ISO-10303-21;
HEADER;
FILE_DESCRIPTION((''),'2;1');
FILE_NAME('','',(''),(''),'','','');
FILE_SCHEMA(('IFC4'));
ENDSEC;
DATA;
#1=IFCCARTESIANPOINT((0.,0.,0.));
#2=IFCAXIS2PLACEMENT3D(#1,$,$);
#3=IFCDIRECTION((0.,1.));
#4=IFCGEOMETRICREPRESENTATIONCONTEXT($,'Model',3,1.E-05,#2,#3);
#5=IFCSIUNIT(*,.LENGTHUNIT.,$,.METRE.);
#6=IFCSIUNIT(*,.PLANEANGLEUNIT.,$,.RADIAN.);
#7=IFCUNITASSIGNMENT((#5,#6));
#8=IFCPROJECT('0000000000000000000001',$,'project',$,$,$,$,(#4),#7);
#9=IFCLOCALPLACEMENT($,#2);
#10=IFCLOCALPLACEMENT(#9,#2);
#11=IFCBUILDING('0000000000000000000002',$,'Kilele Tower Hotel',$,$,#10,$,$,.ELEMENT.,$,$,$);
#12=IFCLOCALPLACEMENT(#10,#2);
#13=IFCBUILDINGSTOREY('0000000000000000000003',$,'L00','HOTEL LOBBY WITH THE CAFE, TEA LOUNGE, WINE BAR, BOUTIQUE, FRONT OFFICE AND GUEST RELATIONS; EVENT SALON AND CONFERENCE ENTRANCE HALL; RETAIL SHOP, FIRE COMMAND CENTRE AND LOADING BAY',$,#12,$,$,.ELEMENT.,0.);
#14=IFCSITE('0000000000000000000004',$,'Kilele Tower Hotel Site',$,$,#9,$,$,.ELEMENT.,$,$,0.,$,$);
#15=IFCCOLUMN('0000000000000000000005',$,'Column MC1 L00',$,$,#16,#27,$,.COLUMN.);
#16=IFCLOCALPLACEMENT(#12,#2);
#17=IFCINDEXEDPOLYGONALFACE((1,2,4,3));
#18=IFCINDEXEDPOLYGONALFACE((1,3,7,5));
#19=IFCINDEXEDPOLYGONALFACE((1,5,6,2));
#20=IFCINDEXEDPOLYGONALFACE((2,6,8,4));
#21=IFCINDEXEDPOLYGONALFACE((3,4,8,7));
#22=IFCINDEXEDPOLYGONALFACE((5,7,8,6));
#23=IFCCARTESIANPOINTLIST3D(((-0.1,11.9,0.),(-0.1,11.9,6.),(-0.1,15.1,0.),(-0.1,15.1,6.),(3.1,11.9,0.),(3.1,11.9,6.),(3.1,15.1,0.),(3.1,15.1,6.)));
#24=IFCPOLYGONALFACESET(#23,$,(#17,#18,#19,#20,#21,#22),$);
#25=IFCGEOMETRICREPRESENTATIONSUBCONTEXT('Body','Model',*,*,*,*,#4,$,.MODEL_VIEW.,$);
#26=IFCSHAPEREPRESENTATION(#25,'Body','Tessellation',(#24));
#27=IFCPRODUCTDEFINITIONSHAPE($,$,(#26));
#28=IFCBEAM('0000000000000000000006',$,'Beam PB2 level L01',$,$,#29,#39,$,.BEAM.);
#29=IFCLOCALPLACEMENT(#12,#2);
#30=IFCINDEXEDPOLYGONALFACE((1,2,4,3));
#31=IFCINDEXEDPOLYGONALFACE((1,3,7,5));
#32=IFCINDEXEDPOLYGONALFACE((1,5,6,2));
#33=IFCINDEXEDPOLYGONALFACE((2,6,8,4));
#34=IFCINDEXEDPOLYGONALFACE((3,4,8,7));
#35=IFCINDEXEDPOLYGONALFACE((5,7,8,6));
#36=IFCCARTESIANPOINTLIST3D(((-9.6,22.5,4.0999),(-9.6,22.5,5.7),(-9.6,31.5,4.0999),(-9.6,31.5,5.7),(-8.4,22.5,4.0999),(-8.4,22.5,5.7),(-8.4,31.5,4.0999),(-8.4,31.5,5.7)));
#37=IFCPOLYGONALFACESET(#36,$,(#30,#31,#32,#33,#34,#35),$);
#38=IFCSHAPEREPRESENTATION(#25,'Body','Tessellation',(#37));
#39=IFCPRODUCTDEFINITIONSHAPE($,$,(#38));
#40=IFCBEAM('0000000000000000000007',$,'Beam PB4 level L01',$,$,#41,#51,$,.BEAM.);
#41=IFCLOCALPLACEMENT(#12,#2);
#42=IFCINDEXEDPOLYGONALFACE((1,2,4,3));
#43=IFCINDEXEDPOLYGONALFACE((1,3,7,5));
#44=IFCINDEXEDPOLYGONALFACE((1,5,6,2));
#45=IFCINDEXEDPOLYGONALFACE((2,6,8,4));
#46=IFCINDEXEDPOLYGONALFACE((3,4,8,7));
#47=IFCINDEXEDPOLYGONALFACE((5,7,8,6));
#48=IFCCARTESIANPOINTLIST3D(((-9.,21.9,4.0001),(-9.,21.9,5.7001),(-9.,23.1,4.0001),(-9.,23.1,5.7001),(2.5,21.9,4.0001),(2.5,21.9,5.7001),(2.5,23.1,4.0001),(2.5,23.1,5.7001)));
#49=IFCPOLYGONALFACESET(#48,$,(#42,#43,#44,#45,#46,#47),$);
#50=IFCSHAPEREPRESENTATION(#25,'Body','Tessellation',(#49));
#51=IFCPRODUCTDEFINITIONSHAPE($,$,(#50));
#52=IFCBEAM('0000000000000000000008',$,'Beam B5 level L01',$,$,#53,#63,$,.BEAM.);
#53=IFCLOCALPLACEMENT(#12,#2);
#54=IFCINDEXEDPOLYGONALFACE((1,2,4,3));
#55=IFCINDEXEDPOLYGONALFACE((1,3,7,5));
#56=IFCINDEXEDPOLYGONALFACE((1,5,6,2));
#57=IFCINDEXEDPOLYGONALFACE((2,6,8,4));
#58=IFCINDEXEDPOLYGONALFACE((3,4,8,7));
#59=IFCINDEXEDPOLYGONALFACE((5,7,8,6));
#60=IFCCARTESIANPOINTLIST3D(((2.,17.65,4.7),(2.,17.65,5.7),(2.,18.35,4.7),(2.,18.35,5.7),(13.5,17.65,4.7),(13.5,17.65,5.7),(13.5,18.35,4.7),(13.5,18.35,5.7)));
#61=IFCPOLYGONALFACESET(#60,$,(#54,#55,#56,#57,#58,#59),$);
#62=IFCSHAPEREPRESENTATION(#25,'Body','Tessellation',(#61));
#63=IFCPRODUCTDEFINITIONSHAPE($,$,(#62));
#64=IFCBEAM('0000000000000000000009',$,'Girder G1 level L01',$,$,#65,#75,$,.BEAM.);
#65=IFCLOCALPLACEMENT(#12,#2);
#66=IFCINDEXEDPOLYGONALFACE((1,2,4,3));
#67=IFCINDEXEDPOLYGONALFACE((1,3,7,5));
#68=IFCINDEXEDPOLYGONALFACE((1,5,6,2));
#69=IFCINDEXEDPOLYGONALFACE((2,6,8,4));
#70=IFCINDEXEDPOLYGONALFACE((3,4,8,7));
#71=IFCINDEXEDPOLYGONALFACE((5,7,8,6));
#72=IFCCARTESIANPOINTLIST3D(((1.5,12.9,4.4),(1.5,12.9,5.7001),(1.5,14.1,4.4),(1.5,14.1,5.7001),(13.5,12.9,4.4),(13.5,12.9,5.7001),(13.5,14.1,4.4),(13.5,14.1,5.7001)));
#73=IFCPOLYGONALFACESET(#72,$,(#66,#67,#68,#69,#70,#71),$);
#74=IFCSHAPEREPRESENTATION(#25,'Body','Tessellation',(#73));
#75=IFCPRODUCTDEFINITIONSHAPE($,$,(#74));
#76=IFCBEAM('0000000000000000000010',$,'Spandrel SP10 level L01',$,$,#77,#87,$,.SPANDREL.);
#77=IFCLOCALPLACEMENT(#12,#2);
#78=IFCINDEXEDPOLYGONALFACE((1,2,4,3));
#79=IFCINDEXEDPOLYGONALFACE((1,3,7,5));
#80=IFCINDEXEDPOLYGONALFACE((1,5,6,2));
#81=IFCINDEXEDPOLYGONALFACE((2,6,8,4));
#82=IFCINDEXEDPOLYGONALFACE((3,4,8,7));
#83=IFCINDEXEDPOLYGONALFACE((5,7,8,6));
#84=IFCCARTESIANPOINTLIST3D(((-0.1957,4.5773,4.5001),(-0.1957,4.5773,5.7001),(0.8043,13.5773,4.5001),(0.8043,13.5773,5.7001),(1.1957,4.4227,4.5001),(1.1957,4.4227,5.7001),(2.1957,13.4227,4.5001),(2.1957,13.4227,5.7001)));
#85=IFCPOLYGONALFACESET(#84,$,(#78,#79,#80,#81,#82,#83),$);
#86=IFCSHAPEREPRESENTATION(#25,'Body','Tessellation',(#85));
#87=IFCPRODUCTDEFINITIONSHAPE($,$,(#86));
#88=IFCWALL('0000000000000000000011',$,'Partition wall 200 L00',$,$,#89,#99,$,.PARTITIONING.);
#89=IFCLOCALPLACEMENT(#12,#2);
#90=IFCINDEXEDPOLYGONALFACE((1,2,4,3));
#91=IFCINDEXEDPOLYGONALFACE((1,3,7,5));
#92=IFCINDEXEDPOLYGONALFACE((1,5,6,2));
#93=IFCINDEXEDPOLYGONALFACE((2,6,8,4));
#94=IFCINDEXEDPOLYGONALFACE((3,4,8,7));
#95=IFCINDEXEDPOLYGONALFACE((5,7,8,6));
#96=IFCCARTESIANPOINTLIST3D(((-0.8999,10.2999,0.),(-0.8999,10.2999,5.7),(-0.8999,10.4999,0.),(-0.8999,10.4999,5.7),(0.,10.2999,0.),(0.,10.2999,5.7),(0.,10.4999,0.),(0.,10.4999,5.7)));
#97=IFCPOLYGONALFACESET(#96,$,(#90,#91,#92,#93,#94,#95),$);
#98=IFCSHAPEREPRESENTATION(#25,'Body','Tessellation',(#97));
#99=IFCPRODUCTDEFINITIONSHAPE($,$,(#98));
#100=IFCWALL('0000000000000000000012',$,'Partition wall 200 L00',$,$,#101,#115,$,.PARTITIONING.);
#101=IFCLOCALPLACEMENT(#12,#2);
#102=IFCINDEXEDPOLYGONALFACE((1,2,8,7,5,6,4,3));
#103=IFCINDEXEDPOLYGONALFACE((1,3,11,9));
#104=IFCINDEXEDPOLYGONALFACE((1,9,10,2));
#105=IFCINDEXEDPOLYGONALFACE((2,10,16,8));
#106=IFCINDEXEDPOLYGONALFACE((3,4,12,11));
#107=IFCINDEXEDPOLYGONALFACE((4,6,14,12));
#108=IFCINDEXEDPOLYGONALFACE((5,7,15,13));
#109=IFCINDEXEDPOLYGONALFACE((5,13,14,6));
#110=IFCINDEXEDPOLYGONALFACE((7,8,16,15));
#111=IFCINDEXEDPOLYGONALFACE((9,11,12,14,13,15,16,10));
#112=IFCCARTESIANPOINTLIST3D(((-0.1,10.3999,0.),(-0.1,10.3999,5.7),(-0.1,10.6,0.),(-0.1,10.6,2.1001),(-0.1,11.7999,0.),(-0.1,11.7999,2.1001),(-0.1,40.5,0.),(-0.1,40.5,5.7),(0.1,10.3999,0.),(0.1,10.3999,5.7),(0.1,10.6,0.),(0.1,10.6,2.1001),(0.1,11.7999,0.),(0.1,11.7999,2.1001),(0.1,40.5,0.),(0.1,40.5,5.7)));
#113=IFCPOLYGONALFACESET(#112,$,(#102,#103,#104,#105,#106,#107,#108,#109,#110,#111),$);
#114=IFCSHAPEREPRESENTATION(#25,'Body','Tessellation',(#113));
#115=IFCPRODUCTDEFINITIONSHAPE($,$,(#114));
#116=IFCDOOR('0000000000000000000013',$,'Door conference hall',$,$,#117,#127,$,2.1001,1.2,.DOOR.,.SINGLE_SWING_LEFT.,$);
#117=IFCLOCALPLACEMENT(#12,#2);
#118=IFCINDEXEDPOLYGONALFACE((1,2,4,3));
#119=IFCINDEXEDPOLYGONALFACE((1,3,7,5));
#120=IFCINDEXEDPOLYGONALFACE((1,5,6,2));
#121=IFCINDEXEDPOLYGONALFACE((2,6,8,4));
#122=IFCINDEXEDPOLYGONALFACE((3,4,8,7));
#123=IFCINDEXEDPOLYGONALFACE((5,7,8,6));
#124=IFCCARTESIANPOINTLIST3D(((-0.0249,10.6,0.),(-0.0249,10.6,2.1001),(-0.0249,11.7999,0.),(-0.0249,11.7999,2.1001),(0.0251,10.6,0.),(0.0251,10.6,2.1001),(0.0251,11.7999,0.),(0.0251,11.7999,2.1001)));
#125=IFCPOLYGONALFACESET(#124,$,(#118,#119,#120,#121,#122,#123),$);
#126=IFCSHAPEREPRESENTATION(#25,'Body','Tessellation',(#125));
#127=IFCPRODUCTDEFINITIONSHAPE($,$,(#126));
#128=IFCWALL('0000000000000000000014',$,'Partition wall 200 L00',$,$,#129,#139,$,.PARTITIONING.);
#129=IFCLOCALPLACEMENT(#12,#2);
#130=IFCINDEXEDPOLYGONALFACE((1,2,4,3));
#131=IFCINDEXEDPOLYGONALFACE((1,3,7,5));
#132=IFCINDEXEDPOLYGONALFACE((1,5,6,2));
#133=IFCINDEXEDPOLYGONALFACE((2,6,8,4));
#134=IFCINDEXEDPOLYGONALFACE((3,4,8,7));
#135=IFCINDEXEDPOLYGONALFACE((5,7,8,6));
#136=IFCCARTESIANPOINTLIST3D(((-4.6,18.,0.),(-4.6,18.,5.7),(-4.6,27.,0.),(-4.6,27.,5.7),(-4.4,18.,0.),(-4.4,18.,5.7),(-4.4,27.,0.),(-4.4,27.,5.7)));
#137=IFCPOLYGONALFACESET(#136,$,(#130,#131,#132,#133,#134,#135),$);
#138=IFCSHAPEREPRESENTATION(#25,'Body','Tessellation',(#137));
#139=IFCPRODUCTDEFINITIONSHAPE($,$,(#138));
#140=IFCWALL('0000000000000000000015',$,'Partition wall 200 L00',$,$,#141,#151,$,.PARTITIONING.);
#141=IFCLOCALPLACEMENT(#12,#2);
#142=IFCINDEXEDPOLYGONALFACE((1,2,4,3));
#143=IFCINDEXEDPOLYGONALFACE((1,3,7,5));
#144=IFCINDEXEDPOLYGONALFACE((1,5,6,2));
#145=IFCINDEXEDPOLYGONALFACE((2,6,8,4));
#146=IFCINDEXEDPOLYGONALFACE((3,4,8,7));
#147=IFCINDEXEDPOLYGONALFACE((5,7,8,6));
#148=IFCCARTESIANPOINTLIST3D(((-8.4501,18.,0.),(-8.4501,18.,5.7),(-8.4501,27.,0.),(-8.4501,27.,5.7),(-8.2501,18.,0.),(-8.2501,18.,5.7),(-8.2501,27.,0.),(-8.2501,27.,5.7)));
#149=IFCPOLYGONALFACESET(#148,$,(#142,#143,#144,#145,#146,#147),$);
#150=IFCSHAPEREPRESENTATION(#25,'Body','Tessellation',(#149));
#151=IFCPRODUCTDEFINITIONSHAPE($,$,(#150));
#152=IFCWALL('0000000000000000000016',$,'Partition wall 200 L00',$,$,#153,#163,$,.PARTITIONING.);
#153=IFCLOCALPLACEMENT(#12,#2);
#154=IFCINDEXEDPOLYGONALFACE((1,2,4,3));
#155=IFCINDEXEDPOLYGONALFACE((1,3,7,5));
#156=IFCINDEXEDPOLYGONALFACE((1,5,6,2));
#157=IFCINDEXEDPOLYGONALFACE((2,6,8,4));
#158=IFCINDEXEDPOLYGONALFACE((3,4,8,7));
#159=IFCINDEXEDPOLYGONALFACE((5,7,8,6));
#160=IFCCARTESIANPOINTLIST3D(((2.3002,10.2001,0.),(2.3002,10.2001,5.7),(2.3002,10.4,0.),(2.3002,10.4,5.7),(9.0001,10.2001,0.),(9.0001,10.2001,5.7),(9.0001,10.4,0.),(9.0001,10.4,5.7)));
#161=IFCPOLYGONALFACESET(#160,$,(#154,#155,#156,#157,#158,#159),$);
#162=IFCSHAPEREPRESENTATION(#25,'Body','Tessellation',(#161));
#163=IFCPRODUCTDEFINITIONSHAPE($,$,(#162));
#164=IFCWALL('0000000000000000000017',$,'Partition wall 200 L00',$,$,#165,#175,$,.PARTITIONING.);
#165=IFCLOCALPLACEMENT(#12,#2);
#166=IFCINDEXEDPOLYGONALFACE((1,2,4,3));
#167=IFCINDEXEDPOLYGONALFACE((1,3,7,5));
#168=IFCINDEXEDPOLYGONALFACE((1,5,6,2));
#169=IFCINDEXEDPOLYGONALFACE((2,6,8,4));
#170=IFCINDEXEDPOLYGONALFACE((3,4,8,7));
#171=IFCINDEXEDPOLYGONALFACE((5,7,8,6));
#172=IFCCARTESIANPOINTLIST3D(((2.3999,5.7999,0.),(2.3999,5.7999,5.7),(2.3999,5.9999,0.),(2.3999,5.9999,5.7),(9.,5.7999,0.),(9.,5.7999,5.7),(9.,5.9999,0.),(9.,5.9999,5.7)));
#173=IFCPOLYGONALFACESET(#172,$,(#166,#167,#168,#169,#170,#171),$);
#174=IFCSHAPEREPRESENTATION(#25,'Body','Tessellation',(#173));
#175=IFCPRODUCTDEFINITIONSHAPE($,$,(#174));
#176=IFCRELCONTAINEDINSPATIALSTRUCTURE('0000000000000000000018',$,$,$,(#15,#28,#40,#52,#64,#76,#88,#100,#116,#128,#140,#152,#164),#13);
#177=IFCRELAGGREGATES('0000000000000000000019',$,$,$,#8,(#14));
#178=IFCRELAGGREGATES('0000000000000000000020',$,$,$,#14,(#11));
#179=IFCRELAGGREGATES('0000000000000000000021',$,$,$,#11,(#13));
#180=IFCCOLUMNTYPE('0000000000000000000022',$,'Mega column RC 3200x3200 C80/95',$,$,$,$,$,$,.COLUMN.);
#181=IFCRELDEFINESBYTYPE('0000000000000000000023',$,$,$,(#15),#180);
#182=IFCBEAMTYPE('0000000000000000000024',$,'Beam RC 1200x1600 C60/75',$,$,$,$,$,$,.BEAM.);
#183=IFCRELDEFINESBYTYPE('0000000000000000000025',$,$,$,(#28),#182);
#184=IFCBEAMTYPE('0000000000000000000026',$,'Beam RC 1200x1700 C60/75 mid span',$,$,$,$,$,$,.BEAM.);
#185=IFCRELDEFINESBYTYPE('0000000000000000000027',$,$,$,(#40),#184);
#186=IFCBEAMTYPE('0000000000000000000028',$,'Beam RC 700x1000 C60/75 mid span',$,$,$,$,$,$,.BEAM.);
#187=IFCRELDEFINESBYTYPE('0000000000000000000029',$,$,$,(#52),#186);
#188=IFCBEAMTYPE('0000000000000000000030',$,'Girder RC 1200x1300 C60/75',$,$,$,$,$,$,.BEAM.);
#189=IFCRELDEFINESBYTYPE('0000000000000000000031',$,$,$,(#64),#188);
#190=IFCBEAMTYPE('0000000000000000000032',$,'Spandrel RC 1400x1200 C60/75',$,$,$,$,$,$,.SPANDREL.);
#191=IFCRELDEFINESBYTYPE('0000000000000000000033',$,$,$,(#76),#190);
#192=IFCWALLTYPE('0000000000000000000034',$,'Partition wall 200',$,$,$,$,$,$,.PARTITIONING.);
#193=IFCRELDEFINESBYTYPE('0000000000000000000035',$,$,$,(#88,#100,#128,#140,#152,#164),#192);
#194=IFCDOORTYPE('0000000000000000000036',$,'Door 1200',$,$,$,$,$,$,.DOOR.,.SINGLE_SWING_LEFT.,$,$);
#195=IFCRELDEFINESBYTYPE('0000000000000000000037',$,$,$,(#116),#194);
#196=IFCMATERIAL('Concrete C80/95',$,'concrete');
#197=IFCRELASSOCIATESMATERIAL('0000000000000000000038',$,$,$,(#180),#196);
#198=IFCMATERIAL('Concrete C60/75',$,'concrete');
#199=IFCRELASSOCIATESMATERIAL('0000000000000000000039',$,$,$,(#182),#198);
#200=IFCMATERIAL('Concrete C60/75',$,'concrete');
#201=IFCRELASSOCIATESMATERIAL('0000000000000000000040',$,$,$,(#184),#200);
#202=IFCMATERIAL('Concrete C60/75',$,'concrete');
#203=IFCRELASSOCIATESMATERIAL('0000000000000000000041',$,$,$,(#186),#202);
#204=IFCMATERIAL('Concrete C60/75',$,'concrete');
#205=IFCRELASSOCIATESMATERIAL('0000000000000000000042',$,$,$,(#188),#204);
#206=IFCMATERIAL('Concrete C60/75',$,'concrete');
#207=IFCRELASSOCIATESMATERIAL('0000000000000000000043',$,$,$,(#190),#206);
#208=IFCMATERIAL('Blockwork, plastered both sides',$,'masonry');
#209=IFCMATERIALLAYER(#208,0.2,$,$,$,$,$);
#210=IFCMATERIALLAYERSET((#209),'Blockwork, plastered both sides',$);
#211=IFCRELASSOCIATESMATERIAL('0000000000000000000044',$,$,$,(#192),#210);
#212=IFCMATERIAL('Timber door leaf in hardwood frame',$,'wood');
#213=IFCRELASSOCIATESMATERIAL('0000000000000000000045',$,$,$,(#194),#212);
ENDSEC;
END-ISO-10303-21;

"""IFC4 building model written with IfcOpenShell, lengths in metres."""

from ifc_helpers import new_model, si_unit, direction, frame, frame_2d, origin, origin_2d, place, context, subcontext, project, spatial, rectangle, extrude, material, layer, layer_set, material_profile, profile_set, type_object, element, fill, save


model = new_model("IFC4")

# Units and contexts
model_context = context("Model", 3, precision=1e-05, world=origin(), true_north=direction((0.0, 1.0)))
body_context = subcontext(model_context, "Body", "Model", "MODEL_VIEW")
ifc_project = project(units=[si_unit("LENGTHUNIT", "METRE"), si_unit("PLANEANGLEUNIT", "RADIAN")], contexts=[model_context])

# Site, building, storey
site_placement = place(None, origin())
site = spatial("IfcSite", under=ifc_project, at=site_placement, Name="Kilele Tower Hotel Site", CompositionType="ELEMENT", RefElevation=0.0)
building_placement = place(site_placement, origin())
building = spatial("IfcBuilding", under=site, at=building_placement, Name="Kilele Tower Hotel", CompositionType="ELEMENT")
storey_placement = place(building_placement, origin())
storey = spatial("IfcBuildingStorey", under=building, at=storey_placement, Name="L00", Description="HOTEL LOBBY WITH THE CAFE, TEA LOUNGE, WINE BAR, BOUTIQUE, FRONT OFFICE AND GUEST RELATIONS; EVENT SALON AND CONFERENCE ENTRANCE HALL; RETAIL SHOP, FIRE COMMAND CENTRE AND LOADING BAY", CompositionType="ELEMENT", Elevation=0.0)

# Column
ifc_material_1 = material(Name="Concrete C80/95", Category="concrete")
ifc_material_profile_1 = material_profile(ifc_material_1, rectangle(XDim=3.2, YDim=3.2, at=origin_2d()))
ifc_profile_set_1 = profile_set([ifc_material_profile_1], Name="Concrete C80/95")
column_type = type_object("IfcColumnType", Name="Mega column RC 3200x3200 C80/95", PredefinedType="COLUMN", material=ifc_profile_set_1)
column_placement = place(storey_placement, frame((1.5, 13.5, 0.0), z_axis=(0.0, 0.0, 1.0), x_axis=(1.0, 0.0, 0.0)))
element("IfcColumn", 1, at=column_placement, inside=storey, type_object=column_type, Name="Column MC1 L00", PredefinedType="COLUMN", context=body_context, shape_type="SweptSolid", body=[
    extrude(rectangle(XDim=3.2, YDim=3.2, at=origin_2d()), origin(), (0.0, 0.0, 1.0), 6.0),
])

# Beams
ifc_material_2 = material(Name="Concrete C60/75", Category="concrete")
ifc_material_profile_2 = material_profile(ifc_material_2, rectangle(XDim=1.2, YDim=1.6001, at=origin_2d()))
ifc_profile_set_2 = profile_set([ifc_material_profile_2], Name="Concrete C60/75")
beam_type_1 = type_object("IfcBeamType", Name="Beam RC 1200x1600 C60/75", PredefinedType="BEAM", material=ifc_profile_set_2)
beam_1_placement = place(storey_placement, frame((-9.0, 22.5, 4.8999), z_axis=(0.0, 1.0, 0.0), x_axis=(-1.0, 0.0, 0.0)))
element("IfcBeam", 2, at=beam_1_placement, inside=storey, type_object=beam_type_1, Name="Beam PB2 level L01", PredefinedType="BEAM", context=body_context, shape_type="SweptSolid", body=[
    extrude(rectangle(XDim=1.2, YDim=1.6001, at=origin_2d()), origin(), (0.0, 0.0, 1.0), 9.0),
])
ifc_material_3 = material(Name="Concrete C60/75", Category="concrete")
ifc_material_profile_3 = material_profile(ifc_material_3, rectangle(XDim=1.2, YDim=1.7, at=origin_2d()))
ifc_profile_set_3 = profile_set([ifc_material_profile_3], Name="Concrete C60/75")
beam_type_2 = type_object("IfcBeamType", Name="Beam RC 1200x1700 C60/75 mid span", PredefinedType="BEAM", material=ifc_profile_set_3)
beam_2_placement = place(storey_placement, frame((-9.0, 22.5, 4.8501), z_axis=(1.0, 0.0, 0.0), x_axis=(0.0, 1.0, 0.0)))
element("IfcBeam", 3, at=beam_2_placement, inside=storey, type_object=beam_type_2, Name="Beam PB4 level L01", PredefinedType="BEAM", context=body_context, shape_type="SweptSolid", body=[
    extrude(rectangle(XDim=1.2, YDim=1.7, at=origin_2d()), origin(), (0.0, 0.0, 1.0), 11.5),
])
ifc_material_4 = material(Name="Concrete C60/75", Category="concrete")
ifc_material_profile_4 = material_profile(ifc_material_4, rectangle(XDim=0.7, YDim=1.0, at=origin_2d()))
ifc_profile_set_4 = profile_set([ifc_material_profile_4], Name="Concrete C60/75")
beam_type_3 = type_object("IfcBeamType", Name="Beam RC 700x1000 C60/75 mid span", PredefinedType="BEAM", material=ifc_profile_set_4)
beam_3_placement = place(storey_placement, frame((2.0, 18.0, 5.2), z_axis=(1.0, 0.0, 0.0), x_axis=(0.0, 1.0, 0.0)))
element("IfcBeam", 4, at=beam_3_placement, inside=storey, type_object=beam_type_3, Name="Beam B5 level L01", PredefinedType="BEAM", context=body_context, shape_type="SweptSolid", body=[
    extrude(rectangle(XDim=0.7, YDim=1.0, at=origin_2d()), origin(), (0.0, 0.0, 1.0), 11.5),
])
ifc_material_5 = material(Name="Concrete C60/75", Category="concrete")
ifc_material_profile_5 = material_profile(ifc_material_5, rectangle(XDim=1.2, YDim=1.3, at=origin_2d()))
ifc_profile_set_5 = profile_set([ifc_material_profile_5], Name="Concrete C60/75")
beam_type_4 = type_object("IfcBeamType", Name="Girder RC 1200x1300 C60/75", PredefinedType="BEAM", material=ifc_profile_set_5)
beam_4_placement = place(storey_placement, frame((1.5, 13.5, 5.05), z_axis=(1.0, 0.0, 0.0), x_axis=(0.0, 1.0, 0.0)))
element("IfcBeam", 5, at=beam_4_placement, inside=storey, type_object=beam_type_4, Name="Girder G1 level L01", PredefinedType="BEAM", context=body_context, shape_type="SweptSolid", body=[
    extrude(rectangle(XDim=1.2, YDim=1.3, at=origin_2d()), origin(), (0.0, 0.0, 1.0), 12.0),
])
ifc_material_6 = material(Name="Concrete C60/75", Category="concrete")
ifc_material_profile_6 = material_profile(ifc_material_6, rectangle(XDim=1.3999, YDim=1.2, at=origin_2d()))
ifc_profile_set_6 = profile_set([ifc_material_profile_6], Name="Concrete C60/75")
beam_type_5 = type_object("IfcBeamType", Name="Spandrel RC 1400x1200 C60/75", PredefinedType="SPANDREL", material=ifc_profile_set_6)
beam_5_placement = place(storey_placement, frame((1.5, 13.5, 5.1001), z_axis=(-0.110432, -0.993884, 0.0), x_axis=(0.993884, -0.110432, 0.0)))
element("IfcBeam", 6, at=beam_5_placement, inside=storey, type_object=beam_type_5, Name="Spandrel SP10 level L01", PredefinedType="SPANDREL", context=body_context, shape_type="SweptSolid", body=[
    extrude(rectangle(XDim=1.3999, YDim=1.2, at=origin_2d()), origin(), (0.0, 0.0, 1.0), 9.0554),
])

# Wall
ifc_material_7 = material(Name="Blockwork, plastered both sides", Category="masonry")
ifc_layer = layer(ifc_material_7, 0.2)
ifc_layer_set = layer_set([ifc_layer], Name="Blockwork, plastered both sides")
wall_type = type_object("IfcWallType", Name="Partition wall 200", PredefinedType="PARTITIONING", material=ifc_layer_set)
wall_1_placement = place(storey_placement, frame((-0.8999, 10.3999, 0.0), z_axis=(0.0, 0.0, 1.0), x_axis=(1.0, 0.0, 0.0)))
element("IfcWall", 7, at=wall_1_placement, inside=storey, type_object=wall_type, Name="Partition wall 200 L00", PredefinedType="PARTITIONING", context=body_context, shape_type="SweptSolid", body=[
    extrude(rectangle(XDim=0.8999, YDim=0.2, at=frame_2d((0.45, 0.0))), origin(), (0.0, 0.0, 1.0), 5.7),
])

# Wall, opening, door
wall_2_placement = place(storey_placement, frame((0.0, 10.3999, 0.0), z_axis=(0.0, 0.0, 1.0), x_axis=(0.0, 1.0, 0.0)))
wall_2 = element("IfcWall", 8, at=wall_2_placement, inside=storey, type_object=wall_type, Name="Partition wall 200 L00", PredefinedType="PARTITIONING", context=body_context, shape_type="SweptSolid", body=[
    extrude(rectangle(XDim=30.1001, YDim=0.2, at=frame_2d((15.05, 0.0))), origin(), (0.0, 0.0, 1.0), 5.7),
])
opening_placement = place(wall_2_placement, frame((0.2, 0.0, 0.0)))
opening = element("IfcOpeningElement", 9, at=opening_placement, cuts=wall_2, PredefinedType="OPENING", context=body_context, shape_type="SweptSolid", body=[
    extrude(rectangle(XDim=1.2, YDim=2.1001, at=frame_2d((0.6001, 1.05))), frame((0.0, 0.1099, 0.0), z_axis=(0.0, -1.0, 0.0), x_axis=(1.0, 0.0, 0.0)), (0.0, 0.0, 1.0), 0.22),
])
ifc_material_8 = material(Name="Timber door leaf in hardwood frame", Category="wood")
door_type = type_object("IfcDoorType", Name="Door 1200", OperationType="SINGLE_SWING_LEFT", PredefinedType="DOOR", material=ifc_material_8)
door_placement = place(opening_placement, origin())
door = element("IfcDoor", 10, at=door_placement, inside=storey, type_object=door_type, Name="Door conference hall", OperationType="SINGLE_SWING_LEFT", OverallHeight=2.1001, OverallWidth=1.2, PredefinedType="DOOR", context=body_context, shape_type="SweptSolid", body=[
    extrude(rectangle(XDim=1.2, YDim=2.1001, at=frame_2d((0.6001, 1.05))), frame((0.0, 0.0249, 0.0), z_axis=(0.0, -1.0, 0.0), x_axis=(1.0, 0.0, 0.0)), (0.0, 0.0, 1.0), 0.05),
])
fill(opening, door)

# Walls
for number, where, z_axis, x_axis, name in (
    (11, (-4.5, 18.0, 0.0), (0.0, 0.0, 1.0), (0.0, 1.0, 0.0), "Partition wall 200 L00"),
    (12, (-8.3501, 18.0, 0.0), (0.0, 0.0, 1.0), (0.0, 1.0, 0.0), "Partition wall 200 L00"),
):
    element("IfcWall", number, at=place(storey_placement, frame(where, z_axis=z_axis, x_axis=x_axis)), inside=storey, type_object=wall_type, Name=name, PredefinedType="PARTITIONING", context=body_context, shape_type="SweptSolid", body=[
        extrude(rectangle(XDim=9.0, YDim=0.2, at=frame_2d((4.5, 0.0))), origin(), (0.0, 0.0, 1.0), 5.7),
    ])
wall_3_placement = place(storey_placement, frame((2.3, 10.3, 0.0), z_axis=(0.0, 0.0, 1.0), x_axis=(1.0, 0.0, 0.0)))
element("IfcWall", 13, at=wall_3_placement, inside=storey, type_object=wall_type, Name="Partition wall 200 L00", PredefinedType="PARTITIONING", context=body_context, shape_type="SweptSolid", body=[
    extrude(rectangle(XDim=6.7, YDim=0.2, at=frame_2d((3.3501, 0.0))), origin(), (0.0, 0.0, 1.0), 5.7),
])
wall_4_placement = place(storey_placement, frame((2.3999, 5.8999, 0.0), z_axis=(0.0, 0.0, 1.0), x_axis=(1.0, 0.0, 0.0)))
element("IfcWall", 14, at=wall_4_placement, inside=storey, type_object=wall_type, Name="Partition wall 200 L00", PredefinedType="PARTITIONING", context=body_context, shape_type="SweptSolid", body=[
    extrude(rectangle(XDim=6.6001, YDim=0.2, at=frame_2d((3.3, 0.0))), origin(), (0.0, 0.0, 1.0), 5.7),
])

save(model, "model.ifc")
